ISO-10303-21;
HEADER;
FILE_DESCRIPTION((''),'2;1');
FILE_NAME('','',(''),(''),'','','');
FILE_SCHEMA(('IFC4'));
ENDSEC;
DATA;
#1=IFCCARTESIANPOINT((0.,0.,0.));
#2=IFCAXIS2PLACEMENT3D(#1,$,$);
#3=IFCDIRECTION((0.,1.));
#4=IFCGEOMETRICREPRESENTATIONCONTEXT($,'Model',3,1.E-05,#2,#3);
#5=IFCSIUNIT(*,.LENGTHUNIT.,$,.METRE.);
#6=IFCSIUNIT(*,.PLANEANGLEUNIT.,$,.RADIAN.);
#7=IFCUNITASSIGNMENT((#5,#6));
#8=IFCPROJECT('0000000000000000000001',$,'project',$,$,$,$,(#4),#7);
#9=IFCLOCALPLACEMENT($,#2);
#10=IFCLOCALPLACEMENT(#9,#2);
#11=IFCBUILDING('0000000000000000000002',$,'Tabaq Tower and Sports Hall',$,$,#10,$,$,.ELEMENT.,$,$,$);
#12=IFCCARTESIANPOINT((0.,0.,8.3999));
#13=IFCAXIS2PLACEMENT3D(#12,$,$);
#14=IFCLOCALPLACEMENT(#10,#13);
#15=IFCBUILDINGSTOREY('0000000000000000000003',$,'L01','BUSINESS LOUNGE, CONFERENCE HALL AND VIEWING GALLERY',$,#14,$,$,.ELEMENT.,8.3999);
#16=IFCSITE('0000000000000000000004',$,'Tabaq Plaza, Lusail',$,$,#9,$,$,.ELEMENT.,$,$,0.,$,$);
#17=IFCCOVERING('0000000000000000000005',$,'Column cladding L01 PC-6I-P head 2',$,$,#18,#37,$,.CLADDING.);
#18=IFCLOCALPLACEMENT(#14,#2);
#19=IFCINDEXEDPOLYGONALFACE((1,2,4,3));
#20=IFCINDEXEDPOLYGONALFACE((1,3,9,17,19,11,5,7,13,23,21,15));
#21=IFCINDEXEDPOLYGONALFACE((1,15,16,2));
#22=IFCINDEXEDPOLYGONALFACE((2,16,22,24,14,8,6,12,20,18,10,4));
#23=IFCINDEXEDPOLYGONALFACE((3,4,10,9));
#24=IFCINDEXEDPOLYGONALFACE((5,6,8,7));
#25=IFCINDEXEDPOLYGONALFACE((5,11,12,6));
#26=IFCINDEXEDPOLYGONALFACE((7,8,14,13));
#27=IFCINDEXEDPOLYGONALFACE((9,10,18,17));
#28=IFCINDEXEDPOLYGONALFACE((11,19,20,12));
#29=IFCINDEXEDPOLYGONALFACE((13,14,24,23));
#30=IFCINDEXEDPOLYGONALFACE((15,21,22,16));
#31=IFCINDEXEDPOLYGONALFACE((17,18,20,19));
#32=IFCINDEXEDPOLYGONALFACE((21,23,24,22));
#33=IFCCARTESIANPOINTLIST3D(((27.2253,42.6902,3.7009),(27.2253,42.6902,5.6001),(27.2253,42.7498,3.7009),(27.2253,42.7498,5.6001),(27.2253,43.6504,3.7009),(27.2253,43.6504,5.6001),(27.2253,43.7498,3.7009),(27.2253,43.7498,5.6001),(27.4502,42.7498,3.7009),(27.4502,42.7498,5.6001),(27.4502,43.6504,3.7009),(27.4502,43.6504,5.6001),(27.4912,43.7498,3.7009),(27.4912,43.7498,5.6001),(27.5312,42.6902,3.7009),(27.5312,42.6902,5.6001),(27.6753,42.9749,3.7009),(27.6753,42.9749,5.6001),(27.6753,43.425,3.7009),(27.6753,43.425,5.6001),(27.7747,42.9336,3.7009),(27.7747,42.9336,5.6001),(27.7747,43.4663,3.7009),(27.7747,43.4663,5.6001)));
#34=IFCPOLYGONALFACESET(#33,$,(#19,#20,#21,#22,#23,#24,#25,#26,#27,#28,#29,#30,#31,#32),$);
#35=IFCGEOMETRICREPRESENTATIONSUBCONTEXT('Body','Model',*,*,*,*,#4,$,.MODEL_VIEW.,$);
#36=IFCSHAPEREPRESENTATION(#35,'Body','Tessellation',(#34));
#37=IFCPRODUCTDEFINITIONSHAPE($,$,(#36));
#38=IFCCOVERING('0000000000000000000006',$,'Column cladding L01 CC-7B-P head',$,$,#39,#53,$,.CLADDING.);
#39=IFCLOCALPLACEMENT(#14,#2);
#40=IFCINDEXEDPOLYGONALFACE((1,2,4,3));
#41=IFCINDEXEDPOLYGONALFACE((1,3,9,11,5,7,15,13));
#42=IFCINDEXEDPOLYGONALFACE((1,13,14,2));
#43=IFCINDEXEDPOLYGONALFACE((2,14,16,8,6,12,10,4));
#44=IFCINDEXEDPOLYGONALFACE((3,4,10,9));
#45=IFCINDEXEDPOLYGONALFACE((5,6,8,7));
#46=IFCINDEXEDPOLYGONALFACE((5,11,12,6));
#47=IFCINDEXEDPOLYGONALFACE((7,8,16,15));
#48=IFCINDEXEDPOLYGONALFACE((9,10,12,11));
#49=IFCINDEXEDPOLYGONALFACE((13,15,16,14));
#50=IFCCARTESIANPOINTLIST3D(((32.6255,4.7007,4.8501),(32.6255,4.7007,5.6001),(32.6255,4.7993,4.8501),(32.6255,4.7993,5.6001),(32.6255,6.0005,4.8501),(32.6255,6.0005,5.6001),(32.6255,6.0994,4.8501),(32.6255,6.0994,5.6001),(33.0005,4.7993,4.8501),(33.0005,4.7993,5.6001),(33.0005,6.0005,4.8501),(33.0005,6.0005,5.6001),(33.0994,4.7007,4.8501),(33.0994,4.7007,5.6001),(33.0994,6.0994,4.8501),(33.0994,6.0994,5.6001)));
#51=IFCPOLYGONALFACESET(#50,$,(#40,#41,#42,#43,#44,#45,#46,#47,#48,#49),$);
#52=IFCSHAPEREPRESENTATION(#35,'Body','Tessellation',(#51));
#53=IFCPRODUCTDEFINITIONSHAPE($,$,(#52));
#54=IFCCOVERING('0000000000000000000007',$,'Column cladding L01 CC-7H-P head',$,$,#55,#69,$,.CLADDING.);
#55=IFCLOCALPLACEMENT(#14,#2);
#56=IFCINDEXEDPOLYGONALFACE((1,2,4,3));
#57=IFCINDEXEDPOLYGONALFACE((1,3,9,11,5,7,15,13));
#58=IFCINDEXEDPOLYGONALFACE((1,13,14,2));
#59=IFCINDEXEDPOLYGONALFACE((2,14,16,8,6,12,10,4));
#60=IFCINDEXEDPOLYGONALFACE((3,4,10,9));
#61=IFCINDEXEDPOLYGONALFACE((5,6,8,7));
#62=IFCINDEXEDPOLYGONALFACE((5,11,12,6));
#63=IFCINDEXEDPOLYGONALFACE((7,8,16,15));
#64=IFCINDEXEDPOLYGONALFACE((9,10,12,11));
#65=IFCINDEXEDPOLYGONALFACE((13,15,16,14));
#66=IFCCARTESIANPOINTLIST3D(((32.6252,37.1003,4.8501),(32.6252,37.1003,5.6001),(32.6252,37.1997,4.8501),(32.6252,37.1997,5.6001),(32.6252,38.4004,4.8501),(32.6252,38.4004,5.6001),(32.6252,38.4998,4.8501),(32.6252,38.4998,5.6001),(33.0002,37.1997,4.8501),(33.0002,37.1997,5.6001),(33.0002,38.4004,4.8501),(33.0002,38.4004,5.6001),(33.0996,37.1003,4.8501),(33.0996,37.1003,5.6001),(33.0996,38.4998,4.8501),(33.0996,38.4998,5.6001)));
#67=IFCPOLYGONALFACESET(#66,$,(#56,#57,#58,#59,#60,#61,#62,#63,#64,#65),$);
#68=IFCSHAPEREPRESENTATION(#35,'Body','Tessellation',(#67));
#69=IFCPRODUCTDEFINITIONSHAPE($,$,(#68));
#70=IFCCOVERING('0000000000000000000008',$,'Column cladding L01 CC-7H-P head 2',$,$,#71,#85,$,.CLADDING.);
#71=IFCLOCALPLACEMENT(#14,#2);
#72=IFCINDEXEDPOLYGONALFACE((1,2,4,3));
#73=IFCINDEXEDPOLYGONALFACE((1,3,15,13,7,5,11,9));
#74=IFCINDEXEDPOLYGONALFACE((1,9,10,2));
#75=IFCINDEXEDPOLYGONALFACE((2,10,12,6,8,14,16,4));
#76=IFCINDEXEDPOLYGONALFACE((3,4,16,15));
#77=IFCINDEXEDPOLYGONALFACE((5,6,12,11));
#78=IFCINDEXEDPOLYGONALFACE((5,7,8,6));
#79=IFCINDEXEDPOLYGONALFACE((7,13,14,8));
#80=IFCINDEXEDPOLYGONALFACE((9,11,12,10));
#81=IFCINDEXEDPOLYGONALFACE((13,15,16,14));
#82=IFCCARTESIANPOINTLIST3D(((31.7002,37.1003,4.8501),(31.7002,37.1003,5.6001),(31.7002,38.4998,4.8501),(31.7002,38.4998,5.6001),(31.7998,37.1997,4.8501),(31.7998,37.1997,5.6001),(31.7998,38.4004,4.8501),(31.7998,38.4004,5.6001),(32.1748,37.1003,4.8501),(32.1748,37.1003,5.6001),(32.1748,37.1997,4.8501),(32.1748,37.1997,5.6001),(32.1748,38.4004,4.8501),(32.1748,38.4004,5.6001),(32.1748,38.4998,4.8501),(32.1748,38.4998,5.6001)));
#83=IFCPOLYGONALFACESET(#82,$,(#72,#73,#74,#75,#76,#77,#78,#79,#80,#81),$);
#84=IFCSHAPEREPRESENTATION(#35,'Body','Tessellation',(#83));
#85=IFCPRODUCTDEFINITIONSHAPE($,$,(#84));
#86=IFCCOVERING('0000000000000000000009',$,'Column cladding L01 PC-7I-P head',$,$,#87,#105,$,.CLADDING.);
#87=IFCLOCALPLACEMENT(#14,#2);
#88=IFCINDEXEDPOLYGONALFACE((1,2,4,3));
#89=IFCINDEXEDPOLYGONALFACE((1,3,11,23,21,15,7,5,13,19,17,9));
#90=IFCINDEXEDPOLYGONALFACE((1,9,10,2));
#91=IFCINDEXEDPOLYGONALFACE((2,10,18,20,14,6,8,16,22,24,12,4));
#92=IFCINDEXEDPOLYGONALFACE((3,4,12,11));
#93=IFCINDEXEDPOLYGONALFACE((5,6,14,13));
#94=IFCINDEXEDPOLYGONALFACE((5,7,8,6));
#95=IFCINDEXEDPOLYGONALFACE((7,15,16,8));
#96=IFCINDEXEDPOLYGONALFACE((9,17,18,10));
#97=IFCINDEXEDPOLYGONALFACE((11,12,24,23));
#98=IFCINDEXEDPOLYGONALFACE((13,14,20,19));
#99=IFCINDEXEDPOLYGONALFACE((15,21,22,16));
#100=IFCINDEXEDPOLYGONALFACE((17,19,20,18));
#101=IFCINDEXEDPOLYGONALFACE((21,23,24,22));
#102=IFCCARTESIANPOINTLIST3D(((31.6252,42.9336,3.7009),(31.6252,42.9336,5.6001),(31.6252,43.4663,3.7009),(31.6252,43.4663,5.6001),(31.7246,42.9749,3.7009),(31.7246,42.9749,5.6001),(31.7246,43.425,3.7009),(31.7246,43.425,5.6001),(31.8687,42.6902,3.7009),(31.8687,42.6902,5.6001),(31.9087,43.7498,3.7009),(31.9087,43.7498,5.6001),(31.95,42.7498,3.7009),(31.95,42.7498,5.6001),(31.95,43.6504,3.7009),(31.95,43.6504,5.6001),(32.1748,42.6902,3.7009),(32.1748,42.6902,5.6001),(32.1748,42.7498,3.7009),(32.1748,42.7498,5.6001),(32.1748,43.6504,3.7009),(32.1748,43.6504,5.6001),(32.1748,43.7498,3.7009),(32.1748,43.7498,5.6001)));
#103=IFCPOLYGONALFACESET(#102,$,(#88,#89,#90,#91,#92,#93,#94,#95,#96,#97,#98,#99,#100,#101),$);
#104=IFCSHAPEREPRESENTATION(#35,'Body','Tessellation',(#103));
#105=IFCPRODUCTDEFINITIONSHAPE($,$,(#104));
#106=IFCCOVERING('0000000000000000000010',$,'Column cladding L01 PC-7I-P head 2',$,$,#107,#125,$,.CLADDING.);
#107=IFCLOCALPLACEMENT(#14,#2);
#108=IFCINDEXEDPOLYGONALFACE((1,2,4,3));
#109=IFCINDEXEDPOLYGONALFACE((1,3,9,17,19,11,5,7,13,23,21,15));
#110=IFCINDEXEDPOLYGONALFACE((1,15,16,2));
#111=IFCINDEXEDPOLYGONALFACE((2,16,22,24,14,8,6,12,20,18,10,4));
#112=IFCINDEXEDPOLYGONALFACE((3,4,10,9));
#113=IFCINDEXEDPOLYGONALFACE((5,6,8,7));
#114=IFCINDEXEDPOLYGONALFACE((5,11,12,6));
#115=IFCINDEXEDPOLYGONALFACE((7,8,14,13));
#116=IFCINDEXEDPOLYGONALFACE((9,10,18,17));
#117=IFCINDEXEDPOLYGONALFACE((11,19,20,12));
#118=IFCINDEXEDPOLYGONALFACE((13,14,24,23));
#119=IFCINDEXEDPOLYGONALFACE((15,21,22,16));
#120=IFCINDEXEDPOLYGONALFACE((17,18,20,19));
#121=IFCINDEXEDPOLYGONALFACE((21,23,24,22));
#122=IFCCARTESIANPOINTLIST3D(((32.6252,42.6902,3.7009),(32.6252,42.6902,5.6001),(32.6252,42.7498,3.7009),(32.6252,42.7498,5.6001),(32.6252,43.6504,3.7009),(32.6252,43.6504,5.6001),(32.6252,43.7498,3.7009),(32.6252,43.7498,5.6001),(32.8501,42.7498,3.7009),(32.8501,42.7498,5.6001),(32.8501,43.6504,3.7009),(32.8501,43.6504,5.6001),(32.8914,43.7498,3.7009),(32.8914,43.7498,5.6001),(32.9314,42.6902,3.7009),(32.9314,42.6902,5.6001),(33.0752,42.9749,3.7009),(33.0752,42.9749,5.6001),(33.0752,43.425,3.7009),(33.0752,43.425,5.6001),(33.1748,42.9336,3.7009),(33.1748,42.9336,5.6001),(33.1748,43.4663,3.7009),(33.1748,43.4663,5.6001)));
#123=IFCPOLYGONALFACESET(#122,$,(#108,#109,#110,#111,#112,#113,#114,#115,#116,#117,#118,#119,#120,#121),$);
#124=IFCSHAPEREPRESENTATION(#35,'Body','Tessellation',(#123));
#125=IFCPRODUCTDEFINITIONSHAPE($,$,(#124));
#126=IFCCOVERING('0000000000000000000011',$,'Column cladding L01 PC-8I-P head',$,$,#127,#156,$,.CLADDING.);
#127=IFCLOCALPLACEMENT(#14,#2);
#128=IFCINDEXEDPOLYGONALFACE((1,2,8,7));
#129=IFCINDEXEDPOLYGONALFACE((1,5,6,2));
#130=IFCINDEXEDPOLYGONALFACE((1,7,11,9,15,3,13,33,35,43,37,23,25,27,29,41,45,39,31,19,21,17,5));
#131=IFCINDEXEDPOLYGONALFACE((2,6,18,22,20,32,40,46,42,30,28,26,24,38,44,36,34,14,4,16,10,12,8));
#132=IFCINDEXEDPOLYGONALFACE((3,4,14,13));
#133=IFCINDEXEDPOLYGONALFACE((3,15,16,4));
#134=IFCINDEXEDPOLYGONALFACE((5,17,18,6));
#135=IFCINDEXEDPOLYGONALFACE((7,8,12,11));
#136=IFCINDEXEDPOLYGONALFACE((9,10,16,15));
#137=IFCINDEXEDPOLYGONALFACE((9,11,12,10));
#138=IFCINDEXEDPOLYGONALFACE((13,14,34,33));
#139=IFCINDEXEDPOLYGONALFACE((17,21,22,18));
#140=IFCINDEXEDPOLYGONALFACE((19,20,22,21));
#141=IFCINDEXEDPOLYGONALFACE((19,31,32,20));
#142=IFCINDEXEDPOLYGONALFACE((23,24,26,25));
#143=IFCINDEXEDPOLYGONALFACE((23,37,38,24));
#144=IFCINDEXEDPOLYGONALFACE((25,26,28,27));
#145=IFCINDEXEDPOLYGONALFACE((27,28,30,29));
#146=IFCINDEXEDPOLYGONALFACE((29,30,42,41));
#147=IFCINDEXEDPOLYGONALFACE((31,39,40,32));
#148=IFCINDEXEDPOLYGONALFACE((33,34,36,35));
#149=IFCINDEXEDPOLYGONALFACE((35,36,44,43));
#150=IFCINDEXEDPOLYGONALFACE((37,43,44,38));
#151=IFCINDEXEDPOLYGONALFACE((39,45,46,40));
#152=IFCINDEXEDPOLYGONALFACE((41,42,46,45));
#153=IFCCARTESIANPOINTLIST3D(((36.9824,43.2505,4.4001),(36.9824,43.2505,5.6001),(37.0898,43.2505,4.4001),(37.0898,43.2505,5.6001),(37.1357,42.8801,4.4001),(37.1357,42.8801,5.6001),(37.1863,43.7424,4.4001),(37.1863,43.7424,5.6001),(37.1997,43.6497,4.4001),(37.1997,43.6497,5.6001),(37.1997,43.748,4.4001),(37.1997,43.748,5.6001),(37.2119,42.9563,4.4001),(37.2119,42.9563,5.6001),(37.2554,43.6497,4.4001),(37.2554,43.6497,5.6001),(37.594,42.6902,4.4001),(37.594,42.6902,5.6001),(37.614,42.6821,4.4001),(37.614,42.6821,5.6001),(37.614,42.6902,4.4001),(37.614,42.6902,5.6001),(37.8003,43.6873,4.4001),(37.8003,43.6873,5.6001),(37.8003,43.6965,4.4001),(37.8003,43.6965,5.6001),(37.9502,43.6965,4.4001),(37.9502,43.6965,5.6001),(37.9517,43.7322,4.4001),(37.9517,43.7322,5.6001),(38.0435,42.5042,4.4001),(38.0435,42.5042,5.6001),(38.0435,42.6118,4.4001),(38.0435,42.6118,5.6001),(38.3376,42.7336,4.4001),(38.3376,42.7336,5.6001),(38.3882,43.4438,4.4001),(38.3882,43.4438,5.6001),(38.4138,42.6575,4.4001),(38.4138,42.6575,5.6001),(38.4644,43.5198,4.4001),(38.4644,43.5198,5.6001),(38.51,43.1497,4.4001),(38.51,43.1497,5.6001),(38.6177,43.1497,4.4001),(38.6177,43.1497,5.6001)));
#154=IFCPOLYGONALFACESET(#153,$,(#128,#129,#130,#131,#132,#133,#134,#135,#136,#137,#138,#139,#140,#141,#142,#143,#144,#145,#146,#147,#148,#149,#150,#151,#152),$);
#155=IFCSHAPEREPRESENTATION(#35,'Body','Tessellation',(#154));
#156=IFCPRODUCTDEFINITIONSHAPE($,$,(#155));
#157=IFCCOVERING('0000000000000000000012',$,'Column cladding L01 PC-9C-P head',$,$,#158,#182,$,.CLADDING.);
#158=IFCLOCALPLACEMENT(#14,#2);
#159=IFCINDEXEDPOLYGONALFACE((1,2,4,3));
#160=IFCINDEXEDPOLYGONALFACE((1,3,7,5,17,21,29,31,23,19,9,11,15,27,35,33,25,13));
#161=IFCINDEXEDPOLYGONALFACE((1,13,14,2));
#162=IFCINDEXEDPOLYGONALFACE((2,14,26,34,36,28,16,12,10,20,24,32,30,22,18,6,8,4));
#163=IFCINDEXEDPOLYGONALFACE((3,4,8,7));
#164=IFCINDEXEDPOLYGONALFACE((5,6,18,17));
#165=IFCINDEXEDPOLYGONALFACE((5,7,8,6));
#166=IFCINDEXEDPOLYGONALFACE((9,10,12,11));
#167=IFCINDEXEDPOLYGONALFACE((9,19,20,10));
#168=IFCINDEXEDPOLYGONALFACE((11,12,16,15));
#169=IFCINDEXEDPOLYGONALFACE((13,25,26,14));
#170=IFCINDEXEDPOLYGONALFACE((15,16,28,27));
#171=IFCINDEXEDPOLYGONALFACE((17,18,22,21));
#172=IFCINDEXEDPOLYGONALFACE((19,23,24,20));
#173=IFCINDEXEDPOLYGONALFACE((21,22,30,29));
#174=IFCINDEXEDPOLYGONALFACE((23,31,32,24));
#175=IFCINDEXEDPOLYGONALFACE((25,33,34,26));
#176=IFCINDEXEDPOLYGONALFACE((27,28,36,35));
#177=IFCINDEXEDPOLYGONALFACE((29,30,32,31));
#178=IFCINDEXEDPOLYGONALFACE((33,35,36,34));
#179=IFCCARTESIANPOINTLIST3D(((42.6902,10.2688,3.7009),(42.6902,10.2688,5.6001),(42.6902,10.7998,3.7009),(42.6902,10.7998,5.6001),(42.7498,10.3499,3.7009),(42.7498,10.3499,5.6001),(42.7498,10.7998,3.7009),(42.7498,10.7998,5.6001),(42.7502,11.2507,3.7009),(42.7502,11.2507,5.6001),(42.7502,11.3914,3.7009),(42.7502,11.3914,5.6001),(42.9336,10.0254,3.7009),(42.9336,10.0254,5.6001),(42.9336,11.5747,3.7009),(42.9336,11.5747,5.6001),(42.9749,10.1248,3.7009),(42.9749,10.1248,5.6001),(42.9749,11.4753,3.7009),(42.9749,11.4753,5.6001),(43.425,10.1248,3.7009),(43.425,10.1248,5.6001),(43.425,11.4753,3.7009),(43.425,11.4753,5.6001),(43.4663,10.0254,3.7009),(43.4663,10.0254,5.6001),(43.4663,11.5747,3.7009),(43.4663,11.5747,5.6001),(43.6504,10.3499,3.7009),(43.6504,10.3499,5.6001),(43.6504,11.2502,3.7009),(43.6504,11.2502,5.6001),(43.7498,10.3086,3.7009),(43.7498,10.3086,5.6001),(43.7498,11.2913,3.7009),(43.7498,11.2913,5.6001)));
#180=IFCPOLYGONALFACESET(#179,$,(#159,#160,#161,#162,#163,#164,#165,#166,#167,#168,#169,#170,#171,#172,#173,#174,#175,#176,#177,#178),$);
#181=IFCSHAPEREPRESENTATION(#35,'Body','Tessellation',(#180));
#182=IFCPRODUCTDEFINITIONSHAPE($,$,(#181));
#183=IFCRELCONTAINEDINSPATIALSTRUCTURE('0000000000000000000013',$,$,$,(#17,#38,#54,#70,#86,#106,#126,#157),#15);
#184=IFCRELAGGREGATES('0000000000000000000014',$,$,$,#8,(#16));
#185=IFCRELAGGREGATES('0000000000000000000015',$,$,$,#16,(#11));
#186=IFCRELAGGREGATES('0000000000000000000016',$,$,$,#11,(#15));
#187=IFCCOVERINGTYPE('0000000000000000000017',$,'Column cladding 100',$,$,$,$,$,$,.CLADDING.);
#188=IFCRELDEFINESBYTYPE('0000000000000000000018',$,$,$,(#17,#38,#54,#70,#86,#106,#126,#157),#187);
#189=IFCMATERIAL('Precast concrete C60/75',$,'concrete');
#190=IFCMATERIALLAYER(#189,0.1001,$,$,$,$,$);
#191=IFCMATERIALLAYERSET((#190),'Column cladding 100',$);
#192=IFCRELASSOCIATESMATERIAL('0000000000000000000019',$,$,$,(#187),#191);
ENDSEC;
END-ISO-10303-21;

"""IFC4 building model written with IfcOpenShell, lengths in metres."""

from ifc_helpers import new_model, si_unit, direction, frame, origin, place, context, subcontext, project, spatial, polyline, outline, extrude, material, layer, layer_set, type_object, element, save


model = new_model("IFC4")

# Units and contexts
model_context = context("Model", 3, precision=1e-05, world=origin(), true_north=direction((0.0, 1.0)))
body_context = subcontext(model_context, "Body", "Model", "MODEL_VIEW")
ifc_project = project(units=[si_unit("LENGTHUNIT", "METRE"), si_unit("PLANEANGLEUNIT", "RADIAN")], contexts=[model_context])

# Site, building, storey
site_placement = place(None, origin())
site = spatial("IfcSite", under=ifc_project, at=site_placement, Name="Tabaq Plaza, Lusail", CompositionType="ELEMENT", RefElevation=0.0)
building_placement = place(site_placement, origin())
building = spatial("IfcBuilding", under=site, at=building_placement, Name="Tabaq Tower and Sports Hall", CompositionType="ELEMENT")
storey_placement = place(building_placement, frame((0.0, 0.0, 8.3999)))
storey = spatial("IfcBuildingStorey", under=building, at=storey_placement, Name="L01", Description="BUSINESS LOUNGE, CONFERENCE HALL AND VIEWING GALLERY", CompositionType="ELEMENT", Elevation=8.3999)

# Coverings
ifc_material_1 = material(Name="Precast concrete C60/75", Category="concrete")
ifc_layer_1 = layer(ifc_material_1, 0.1001)
ifc_layer_set_1 = layer_set([ifc_layer_1], Name="Column cladding 100")
covering_type = type_object("IfcCoveringType", Name="Column cladding 100", PredefinedType="CLADDING", material=ifc_layer_set_1)
covering_1_placement = place(storey_placement, frame((0.0, 0.0, 3.7009)))
element("IfcCovering", 1, at=covering_1_placement, inside=storey, type_object=covering_type, Name="Column cladding L01 PC-6I-P head 2", PredefinedType="CLADDING", context=body_context, shape_type="SweptSolid", body=[
    extrude(outline(polyline([(27.4912, 43.7498), (27.7747, 43.4663), (27.7747, 42.9336), (27.5312, 42.6902), (27.2253, 42.6902), (27.2253, 42.7498), (27.4502, 42.7498), (27.6753, 42.9749), (27.6753, 43.425), (27.4502, 43.6504), (27.2253, 43.6504), (27.2253, 43.7498), (27.4912, 43.7498)])), origin(), (0.0, 0.0, 1.0), 1.8992),
])
covering_2_placement = place(storey_placement, frame((0.0, 0.0, 4.8501)))
element("IfcCovering", 2, at=covering_2_placement, inside=storey, type_object=covering_type, Name="Column cladding L01 CC-7B-P head", PredefinedType="CLADDING", context=body_context, shape_type="SweptSolid", body=[
    extrude(outline(polyline([(32.6255, 4.7993), (33.0005, 4.7993), (33.0005, 6.0005), (32.6255, 6.0005), (32.6255, 6.0994), (33.0994, 6.0994), (33.0994, 4.7007), (32.6255, 4.7007), (32.6255, 4.7993)])), origin(), (0.0, 0.0, 1.0), 0.75),
])
covering_3_placement = place(storey_placement, frame((0.0, 0.0, 4.8501)))
element("IfcCovering", 3, at=covering_3_placement, inside=storey, type_object=covering_type, Name="Column cladding L01 CC-7H-P head", PredefinedType="CLADDING", context=body_context, shape_type="SweptSolid", body=[
    extrude(outline(polyline([(33.0996, 38.4998), (33.0996, 37.1003), (32.6252, 37.1003), (32.6252, 37.1997), (33.0002, 37.1997), (33.0002, 38.4004), (32.6252, 38.4004), (32.6252, 38.4998), (33.0996, 38.4998)])), origin(), (0.0, 0.0, 1.0), 0.75),
])
covering_4_placement = place(storey_placement, frame((0.0, 0.0, 4.8501)))
element("IfcCovering", 4, at=covering_4_placement, inside=storey, type_object=covering_type, Name="Column cladding L01 CC-7H-P head 2", PredefinedType="CLADDING", context=body_context, shape_type="SweptSolid", body=[
    extrude(outline(polyline([(32.1748, 38.4998), (32.1748, 38.4004), (31.7998, 38.4004), (31.7998, 37.1997), (32.1748, 37.1997), (32.1748, 37.1003), (31.7002, 37.1003), (31.7002, 38.4998), (32.1748, 38.4998)])), origin(), (0.0, 0.0, 1.0), 0.75),
])
covering_5_placement = place(storey_placement, frame((0.0, 0.0, 3.7009)))
element("IfcCovering", 5, at=covering_5_placement, inside=storey, type_object=covering_type, Name="Column cladding L01 PC-7I-P head", PredefinedType="CLADDING", context=body_context, shape_type="SweptSolid", body=[
    extrude(outline(polyline([(31.9087, 43.7498), (32.1748, 43.7498), (32.1748, 43.6504), (31.95, 43.6504), (31.7246, 43.425), (31.7246, 42.9749), (31.95, 42.7498), (32.1748, 42.7498), (32.1748, 42.6902), (31.8687, 42.6902), (31.6252, 42.9336), (31.6252, 43.4663), (31.9087, 43.7498)])), origin(), (0.0, 0.0, 1.0), 1.8992),
])
covering_6_placement = place(storey_placement, frame((0.0, 0.0, 3.7009)))
element("IfcCovering", 6, at=covering_6_placement, inside=storey, type_object=covering_type, Name="Column cladding L01 PC-7I-P head 2", PredefinedType="CLADDING", context=body_context, shape_type="SweptSolid", body=[
    extrude(outline(polyline([(32.8914, 43.7498), (33.1748, 43.4663), (33.1748, 42.9336), (32.9314, 42.6902), (32.6252, 42.6902), (32.6252, 42.7498), (32.8501, 42.7498), (33.0752, 42.9749), (33.0752, 43.425), (32.8501, 43.6504), (32.6252, 43.6504), (32.6252, 43.7498), (32.8914, 43.7498)])), origin(), (0.0, 0.0, 1.0), 1.8992),
])
covering_7_placement = place(storey_placement, frame((0.0, 0.0, 4.4001)))
element("IfcCovering", 7, at=covering_7_placement, inside=storey, type_object=covering_type, Name="Column cladding L01 PC-8I-P head", PredefinedType="CLADDING", context=body_context, shape_type="SweptSolid", body=[
    extrude(outline(polyline([(38.0435, 42.5042), (37.614, 42.6821), (37.614, 42.6902), (37.594, 42.6902), (37.1357, 42.8801), (36.9824, 43.2505), (37.1863, 43.7424), (37.1997, 43.748), (37.1997, 43.6497), (37.2554, 43.6497), (37.0898, 43.2505), (37.2119, 42.9563), (38.0435, 42.6118), (38.3376, 42.7336), (38.51, 43.1497), (38.3882, 43.4438), (37.8003, 43.6873), (37.8003, 43.6965), (37.9502, 43.6965), (37.9517, 43.7322), (38.4644, 43.5198), (38.6177, 43.1497), (38.4138, 42.6575), (38.0435, 42.5042)])), origin(), (0.0, 0.0, 1.0), 1.2),
])
covering_8_placement = place(storey_placement, frame((0.0, 0.0, 3.7009)))
element("IfcCovering", 8, at=covering_8_placement, inside=storey, type_object=covering_type, Name="Column cladding L01 PC-9C-P head", PredefinedType="CLADDING", context=body_context, shape_type="SweptSolid", body=[
    extrude(outline(polyline([(42.6902, 10.2688), (42.6902, 10.7998), (42.7498, 10.7998), (42.7498, 10.3499), (42.9749, 10.1248), (43.425, 10.1248), (43.6504, 10.3499), (43.6504, 11.2502), (43.425, 11.4753), (42.9749, 11.4753), (42.7502, 11.2507), (42.7502, 11.3914), (42.9336, 11.5747), (43.4663, 11.5747), (43.7498, 11.2913), (43.7498, 10.3086), (43.4663, 10.0254), (42.9336, 10.0254), (42.6902, 10.2688)])), origin(), (0.0, 0.0, 1.0), 1.8992),
])

save(model, "model.ifc")
